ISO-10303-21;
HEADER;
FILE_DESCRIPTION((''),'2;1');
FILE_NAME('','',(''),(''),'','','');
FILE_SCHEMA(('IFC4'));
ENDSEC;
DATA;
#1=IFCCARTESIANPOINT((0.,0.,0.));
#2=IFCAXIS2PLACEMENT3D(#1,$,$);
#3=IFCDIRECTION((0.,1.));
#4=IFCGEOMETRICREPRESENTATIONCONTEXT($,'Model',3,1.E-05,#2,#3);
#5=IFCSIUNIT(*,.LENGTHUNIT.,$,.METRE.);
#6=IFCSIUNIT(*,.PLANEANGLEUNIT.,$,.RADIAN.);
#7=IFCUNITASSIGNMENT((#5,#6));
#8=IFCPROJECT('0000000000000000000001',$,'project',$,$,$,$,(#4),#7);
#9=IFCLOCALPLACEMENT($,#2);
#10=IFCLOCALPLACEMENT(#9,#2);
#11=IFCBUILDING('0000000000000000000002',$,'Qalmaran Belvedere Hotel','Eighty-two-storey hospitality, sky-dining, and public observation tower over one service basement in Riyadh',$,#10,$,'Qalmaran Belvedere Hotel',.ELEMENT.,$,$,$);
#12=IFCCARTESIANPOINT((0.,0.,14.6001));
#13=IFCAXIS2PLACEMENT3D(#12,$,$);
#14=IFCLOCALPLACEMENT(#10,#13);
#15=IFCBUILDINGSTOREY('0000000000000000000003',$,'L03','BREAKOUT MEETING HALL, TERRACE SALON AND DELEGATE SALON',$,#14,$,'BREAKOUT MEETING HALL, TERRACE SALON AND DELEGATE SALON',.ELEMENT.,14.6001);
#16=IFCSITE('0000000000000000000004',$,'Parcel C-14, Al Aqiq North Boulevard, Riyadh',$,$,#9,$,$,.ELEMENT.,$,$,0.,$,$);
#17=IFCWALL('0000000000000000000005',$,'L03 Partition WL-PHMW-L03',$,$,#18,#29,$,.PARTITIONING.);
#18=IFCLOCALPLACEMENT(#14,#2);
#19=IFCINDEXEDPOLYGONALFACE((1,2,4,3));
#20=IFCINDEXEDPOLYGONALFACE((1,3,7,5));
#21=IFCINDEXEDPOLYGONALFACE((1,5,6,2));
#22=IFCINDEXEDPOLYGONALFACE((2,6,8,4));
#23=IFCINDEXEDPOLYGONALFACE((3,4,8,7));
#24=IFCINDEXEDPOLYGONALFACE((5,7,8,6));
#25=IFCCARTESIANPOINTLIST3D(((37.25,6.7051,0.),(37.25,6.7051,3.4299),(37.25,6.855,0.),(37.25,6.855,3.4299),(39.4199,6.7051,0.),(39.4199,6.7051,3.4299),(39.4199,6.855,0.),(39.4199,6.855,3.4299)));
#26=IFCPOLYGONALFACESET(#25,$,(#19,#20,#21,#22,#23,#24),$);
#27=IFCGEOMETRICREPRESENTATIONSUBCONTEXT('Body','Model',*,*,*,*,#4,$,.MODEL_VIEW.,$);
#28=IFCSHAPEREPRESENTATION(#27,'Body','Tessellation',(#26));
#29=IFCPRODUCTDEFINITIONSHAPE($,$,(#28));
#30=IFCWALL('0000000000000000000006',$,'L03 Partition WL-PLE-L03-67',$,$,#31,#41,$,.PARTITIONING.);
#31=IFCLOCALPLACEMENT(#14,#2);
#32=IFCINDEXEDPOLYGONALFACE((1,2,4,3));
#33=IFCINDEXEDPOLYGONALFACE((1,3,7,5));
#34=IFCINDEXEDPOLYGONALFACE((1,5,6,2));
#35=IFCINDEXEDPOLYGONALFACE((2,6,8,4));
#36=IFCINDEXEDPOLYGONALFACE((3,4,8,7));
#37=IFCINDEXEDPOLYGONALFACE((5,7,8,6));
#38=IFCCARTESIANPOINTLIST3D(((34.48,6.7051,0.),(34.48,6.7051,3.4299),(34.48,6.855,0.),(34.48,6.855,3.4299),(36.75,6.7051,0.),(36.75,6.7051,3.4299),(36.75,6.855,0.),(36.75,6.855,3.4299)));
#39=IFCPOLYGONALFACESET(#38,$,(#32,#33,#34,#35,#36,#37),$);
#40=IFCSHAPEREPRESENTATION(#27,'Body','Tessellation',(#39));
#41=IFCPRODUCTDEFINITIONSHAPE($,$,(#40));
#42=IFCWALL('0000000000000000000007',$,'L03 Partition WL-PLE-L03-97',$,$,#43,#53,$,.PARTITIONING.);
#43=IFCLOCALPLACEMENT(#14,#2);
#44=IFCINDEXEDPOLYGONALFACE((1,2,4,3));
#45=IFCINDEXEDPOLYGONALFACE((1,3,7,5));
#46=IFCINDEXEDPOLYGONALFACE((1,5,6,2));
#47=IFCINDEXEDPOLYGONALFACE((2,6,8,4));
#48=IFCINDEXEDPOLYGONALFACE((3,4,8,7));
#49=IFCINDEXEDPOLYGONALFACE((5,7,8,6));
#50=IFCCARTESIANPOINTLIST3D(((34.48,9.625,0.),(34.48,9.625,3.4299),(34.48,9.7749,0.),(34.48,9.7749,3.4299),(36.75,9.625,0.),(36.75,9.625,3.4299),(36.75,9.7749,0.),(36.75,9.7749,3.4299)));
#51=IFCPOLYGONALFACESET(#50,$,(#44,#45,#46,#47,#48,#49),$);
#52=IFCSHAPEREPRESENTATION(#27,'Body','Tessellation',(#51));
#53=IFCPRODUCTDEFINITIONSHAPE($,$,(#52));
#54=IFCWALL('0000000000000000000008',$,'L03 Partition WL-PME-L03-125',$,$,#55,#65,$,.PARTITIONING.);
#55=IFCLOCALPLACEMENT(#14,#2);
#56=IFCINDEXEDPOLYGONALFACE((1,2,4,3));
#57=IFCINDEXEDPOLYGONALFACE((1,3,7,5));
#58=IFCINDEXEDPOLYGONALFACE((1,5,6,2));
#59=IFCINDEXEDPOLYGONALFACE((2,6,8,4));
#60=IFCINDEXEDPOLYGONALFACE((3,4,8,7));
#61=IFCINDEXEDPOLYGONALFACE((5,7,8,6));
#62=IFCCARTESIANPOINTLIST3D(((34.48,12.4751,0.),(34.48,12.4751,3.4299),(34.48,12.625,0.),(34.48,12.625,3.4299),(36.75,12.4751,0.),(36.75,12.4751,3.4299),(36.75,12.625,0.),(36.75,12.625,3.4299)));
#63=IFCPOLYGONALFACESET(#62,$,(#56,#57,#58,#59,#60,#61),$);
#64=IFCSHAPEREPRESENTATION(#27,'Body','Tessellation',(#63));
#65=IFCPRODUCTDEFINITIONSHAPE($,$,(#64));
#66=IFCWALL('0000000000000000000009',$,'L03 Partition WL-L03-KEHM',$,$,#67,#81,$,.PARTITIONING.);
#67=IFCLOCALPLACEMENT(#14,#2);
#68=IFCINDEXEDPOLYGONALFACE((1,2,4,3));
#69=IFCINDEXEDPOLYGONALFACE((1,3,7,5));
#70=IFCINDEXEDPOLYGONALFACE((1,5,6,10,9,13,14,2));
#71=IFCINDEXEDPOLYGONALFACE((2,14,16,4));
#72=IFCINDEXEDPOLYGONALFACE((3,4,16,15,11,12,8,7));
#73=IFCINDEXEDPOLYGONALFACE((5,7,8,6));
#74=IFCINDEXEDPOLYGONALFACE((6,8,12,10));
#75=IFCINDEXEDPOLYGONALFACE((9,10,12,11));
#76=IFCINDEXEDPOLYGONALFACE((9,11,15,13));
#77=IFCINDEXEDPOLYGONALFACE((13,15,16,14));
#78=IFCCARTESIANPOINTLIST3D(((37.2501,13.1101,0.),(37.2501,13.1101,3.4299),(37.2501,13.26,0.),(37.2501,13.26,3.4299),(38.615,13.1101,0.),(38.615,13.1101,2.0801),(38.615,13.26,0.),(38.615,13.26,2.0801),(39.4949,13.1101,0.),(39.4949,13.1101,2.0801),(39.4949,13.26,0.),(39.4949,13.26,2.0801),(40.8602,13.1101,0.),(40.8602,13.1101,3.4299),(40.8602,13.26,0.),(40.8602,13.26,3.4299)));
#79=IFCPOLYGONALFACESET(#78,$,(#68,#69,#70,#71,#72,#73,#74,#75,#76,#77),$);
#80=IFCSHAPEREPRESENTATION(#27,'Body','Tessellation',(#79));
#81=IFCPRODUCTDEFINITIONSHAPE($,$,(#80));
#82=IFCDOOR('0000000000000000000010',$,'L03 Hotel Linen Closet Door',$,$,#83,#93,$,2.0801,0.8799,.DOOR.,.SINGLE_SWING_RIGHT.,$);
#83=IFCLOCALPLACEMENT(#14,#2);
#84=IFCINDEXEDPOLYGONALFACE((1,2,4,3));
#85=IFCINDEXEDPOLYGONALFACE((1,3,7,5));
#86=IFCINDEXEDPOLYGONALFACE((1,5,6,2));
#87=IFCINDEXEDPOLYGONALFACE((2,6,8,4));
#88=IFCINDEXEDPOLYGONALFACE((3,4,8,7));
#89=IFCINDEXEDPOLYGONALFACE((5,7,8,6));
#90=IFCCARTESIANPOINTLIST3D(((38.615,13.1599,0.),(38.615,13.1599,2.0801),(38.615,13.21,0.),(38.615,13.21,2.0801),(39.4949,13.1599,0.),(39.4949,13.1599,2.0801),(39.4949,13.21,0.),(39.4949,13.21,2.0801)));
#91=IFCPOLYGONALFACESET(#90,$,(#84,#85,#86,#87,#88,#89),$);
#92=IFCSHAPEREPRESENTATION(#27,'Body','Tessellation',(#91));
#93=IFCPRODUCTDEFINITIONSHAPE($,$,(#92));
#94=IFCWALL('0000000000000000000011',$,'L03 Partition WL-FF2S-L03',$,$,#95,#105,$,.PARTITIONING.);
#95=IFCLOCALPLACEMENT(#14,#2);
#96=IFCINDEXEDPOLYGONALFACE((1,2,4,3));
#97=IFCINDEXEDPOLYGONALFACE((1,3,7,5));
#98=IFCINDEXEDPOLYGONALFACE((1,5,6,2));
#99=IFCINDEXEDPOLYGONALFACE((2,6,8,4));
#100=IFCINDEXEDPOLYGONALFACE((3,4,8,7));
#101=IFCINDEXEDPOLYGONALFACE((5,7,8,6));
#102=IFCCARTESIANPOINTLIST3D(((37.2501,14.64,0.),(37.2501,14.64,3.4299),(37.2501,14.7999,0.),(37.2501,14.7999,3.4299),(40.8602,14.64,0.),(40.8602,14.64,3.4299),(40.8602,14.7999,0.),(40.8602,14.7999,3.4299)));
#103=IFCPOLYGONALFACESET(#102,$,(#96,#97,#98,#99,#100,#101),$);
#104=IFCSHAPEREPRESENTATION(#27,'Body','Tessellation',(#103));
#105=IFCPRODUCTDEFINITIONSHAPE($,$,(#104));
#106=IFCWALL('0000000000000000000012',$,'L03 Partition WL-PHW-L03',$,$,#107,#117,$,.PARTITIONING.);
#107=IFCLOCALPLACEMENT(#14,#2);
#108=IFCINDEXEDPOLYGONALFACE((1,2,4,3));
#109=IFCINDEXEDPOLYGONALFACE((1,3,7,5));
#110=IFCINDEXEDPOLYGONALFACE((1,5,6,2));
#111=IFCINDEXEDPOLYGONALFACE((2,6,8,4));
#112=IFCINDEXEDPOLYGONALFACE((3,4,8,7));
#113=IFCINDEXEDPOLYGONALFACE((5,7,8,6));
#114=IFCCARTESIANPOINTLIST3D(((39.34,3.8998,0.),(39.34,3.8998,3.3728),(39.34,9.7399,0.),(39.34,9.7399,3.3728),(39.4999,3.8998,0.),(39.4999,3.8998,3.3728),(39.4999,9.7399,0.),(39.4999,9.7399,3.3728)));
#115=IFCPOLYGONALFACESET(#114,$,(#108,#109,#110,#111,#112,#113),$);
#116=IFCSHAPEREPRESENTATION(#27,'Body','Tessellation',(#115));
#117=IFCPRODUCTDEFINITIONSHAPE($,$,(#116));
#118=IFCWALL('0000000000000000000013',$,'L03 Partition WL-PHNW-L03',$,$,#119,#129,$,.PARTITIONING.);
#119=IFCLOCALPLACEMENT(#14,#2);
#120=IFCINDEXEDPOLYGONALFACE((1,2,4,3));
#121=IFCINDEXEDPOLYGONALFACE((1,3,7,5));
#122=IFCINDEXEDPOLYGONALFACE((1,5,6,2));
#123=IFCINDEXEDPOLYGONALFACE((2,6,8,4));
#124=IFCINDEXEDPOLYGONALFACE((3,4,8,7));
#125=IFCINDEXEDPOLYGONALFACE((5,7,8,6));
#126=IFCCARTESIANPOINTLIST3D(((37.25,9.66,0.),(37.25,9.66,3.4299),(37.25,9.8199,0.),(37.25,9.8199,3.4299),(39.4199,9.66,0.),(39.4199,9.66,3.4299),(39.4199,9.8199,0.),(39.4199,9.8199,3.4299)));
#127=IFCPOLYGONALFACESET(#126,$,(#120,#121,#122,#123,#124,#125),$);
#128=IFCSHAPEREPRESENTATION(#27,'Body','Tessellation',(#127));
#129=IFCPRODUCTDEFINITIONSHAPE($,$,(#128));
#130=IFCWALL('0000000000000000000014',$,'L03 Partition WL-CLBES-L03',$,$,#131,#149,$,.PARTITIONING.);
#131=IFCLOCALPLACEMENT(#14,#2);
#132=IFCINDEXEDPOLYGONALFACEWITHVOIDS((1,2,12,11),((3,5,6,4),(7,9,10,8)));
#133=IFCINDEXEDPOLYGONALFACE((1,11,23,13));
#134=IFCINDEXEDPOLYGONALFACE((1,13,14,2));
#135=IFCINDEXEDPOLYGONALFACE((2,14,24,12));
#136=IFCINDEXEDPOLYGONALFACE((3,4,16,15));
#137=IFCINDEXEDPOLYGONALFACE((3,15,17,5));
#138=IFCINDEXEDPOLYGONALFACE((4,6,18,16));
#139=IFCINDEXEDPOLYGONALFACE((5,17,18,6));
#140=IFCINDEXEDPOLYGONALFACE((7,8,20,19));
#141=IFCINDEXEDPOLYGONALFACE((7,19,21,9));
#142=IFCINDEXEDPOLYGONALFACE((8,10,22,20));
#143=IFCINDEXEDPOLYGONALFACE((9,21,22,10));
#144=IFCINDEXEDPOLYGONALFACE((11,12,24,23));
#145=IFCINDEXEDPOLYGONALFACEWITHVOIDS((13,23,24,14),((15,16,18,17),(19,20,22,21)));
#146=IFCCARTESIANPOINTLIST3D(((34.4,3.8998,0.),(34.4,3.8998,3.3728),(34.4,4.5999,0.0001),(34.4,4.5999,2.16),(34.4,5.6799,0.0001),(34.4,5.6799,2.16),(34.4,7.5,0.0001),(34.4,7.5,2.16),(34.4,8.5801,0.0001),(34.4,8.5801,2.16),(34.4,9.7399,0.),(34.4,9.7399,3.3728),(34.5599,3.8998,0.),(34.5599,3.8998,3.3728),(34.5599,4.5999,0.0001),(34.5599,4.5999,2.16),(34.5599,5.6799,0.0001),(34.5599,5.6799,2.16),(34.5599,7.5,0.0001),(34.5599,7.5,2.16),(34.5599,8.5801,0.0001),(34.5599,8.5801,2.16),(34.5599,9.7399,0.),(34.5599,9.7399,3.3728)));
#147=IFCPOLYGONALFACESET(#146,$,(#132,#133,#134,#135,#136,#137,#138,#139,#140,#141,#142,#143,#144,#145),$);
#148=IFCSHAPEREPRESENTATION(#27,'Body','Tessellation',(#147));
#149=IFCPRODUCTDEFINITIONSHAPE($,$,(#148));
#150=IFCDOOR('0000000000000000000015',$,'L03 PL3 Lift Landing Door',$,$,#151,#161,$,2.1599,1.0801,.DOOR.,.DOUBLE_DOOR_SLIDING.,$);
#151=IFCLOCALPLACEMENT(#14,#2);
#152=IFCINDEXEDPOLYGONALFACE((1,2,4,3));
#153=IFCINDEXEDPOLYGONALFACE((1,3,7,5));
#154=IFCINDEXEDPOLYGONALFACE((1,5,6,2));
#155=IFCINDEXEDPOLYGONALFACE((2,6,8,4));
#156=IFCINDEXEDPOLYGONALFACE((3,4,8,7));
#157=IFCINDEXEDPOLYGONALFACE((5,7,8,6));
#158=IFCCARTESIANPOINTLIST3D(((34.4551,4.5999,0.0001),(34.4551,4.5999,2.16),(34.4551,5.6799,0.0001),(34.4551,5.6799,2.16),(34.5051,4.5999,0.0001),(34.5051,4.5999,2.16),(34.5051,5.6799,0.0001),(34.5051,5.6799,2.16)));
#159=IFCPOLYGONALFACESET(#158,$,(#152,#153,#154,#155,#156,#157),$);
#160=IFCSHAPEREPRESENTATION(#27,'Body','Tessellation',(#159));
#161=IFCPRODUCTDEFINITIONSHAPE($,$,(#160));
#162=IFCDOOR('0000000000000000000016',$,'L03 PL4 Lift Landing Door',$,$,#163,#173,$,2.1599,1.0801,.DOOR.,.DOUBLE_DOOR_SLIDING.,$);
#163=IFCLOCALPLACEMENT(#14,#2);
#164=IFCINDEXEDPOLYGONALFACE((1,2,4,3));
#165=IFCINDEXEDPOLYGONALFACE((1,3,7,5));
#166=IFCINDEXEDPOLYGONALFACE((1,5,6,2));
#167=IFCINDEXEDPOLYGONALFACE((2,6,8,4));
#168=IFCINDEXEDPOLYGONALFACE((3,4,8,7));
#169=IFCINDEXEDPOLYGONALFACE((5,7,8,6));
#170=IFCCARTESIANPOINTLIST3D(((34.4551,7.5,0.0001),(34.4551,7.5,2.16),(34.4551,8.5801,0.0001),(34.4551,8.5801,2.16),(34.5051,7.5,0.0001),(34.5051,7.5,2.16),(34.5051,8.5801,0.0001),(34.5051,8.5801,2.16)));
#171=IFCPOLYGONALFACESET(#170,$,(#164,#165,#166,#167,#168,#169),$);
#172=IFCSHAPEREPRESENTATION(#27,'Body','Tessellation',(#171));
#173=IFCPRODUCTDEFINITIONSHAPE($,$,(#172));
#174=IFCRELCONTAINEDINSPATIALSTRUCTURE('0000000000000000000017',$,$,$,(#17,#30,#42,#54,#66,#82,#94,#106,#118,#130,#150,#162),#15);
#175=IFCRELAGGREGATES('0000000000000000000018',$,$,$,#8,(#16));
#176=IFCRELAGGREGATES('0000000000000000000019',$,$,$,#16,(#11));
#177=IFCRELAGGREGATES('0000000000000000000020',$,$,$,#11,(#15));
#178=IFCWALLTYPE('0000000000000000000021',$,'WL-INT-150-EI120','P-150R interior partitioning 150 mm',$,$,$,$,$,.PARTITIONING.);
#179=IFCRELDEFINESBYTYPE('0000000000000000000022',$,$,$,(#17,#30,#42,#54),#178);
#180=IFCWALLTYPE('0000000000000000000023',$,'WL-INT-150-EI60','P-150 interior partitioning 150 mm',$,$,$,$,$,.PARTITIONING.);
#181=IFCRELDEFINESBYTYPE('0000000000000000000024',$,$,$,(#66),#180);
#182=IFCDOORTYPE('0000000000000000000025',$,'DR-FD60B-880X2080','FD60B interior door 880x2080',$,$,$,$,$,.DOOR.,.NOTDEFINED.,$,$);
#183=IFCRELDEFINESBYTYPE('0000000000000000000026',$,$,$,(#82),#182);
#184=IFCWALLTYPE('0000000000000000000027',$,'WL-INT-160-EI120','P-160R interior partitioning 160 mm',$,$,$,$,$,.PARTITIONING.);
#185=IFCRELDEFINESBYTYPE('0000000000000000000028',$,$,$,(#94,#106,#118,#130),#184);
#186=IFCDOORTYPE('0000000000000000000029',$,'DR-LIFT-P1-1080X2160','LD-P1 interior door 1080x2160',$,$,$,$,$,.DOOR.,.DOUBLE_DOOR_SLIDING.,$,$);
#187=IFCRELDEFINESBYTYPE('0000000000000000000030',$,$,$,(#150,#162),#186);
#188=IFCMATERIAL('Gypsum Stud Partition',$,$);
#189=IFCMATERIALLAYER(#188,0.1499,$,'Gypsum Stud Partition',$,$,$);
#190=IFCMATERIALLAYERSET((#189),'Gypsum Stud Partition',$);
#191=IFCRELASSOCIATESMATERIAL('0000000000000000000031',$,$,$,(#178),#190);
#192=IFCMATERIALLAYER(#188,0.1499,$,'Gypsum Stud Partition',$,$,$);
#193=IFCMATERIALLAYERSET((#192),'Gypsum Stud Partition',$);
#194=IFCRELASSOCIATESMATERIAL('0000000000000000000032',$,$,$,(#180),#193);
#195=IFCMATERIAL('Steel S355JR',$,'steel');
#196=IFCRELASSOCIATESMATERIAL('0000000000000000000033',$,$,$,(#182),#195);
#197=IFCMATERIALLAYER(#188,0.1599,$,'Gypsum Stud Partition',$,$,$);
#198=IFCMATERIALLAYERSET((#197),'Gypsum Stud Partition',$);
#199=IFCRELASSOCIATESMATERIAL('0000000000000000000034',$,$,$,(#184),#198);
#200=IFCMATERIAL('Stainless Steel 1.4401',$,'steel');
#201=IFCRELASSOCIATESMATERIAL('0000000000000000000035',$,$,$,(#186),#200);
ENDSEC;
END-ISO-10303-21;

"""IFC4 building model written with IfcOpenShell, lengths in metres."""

from ifc_helpers import new_model, si_unit, direction, frame, frame_2d, origin, place, context, subcontext, project, spatial, rectangle, extrude, material, layer, layer_set, type_object, element, fill, save


model = new_model("IFC4")

# Units and contexts
model_context = context("Model", 3, precision=1e-05, world=origin(), true_north=direction((0.0, 1.0)))
body_context = subcontext(model_context, "Body", "Model", "MODEL_VIEW")
ifc_project = project(units=[si_unit("LENGTHUNIT", "METRE"), si_unit("PLANEANGLEUNIT", "RADIAN")], contexts=[model_context])

# Site, building, storey
site_placement = place(None, origin())
site = spatial("IfcSite", under=ifc_project, at=site_placement, Name="Parcel C-14, Al Aqiq North Boulevard, Riyadh", CompositionType="ELEMENT", RefElevation=0.0)
building_placement = place(site_placement, origin())
building = spatial("IfcBuilding", under=site, at=building_placement, Name="Qalmaran Belvedere Hotel", Description="Eighty-two-storey hospitality, sky-dining, and public observation tower over one service basement in Riyadh", LongName="Qalmaran Belvedere Hotel", CompositionType="ELEMENT")
storey_placement = place(building_placement, frame((0.0, 0.0, 14.6001)))
storey = spatial("IfcBuildingStorey", under=building, at=storey_placement, Name="L03", Description="BREAKOUT MEETING HALL, TERRACE SALON AND DELEGATE SALON", LongName="BREAKOUT MEETING HALL, TERRACE SALON AND DELEGATE SALON", CompositionType="ELEMENT", Elevation=14.6001)

# Walls
ifc_material_1 = material(Name="Gypsum Stud Partition")
ifc_layer_1 = layer(ifc_material_1, 0.1499, Name="Gypsum Stud Partition")
ifc_layer_set_1 = layer_set([ifc_layer_1], Name="Gypsum Stud Partition")
wall_type_1 = type_object("IfcWallType", Name="WL-INT-150-EI120", Description="P-150R interior partitioning 150 mm", PredefinedType="PARTITIONING", material=ifc_layer_set_1)
wall_1_placement = place(storey_placement, frame((37.25, 6.78, 0.0), z_axis=(0.0, 0.0, 1.0), x_axis=(1.0, 0.0, 0.0)))
element("IfcWall", 1, at=wall_1_placement, inside=storey, type_object=wall_type_1, Name="L03 Partition WL-PHMW-L03", PredefinedType="PARTITIONING", context=body_context, shape_type="SweptSolid", body=[
    extrude(rectangle(XDim=2.1699, YDim=0.1499, at=frame_2d((1.085, 0.0))), origin(), (0.0, 0.0, 1.0), 3.4299),
])
for number, where, z_axis, x_axis, name in (
    (2, (34.48, 6.78, 0.0), (0.0, 0.0, 1.0), (1.0, 0.0, 0.0), "L03 Partition WL-PLE-L03-67"),
    (3, (34.48, 9.7, 0.0), (0.0, 0.0, 1.0), (1.0, 0.0, 0.0), "L03 Partition WL-PLE-L03-97"),
    (4, (34.48, 12.55, 0.0), (0.0, 0.0, 1.0), (1.0, 0.0, 0.0), "L03 Partition WL-PME-L03-125"),
):
    element("IfcWall", number, at=place(storey_placement, frame(where, z_axis=z_axis, x_axis=x_axis)), inside=storey, type_object=wall_type_1, Name=name, PredefinedType="PARTITIONING", context=body_context, shape_type="SweptSolid", body=[
        extrude(rectangle(XDim=2.27, YDim=0.1499, at=frame_2d((1.135, 0.0))), origin(), (0.0, 0.0, 1.0), 3.4299),
    ])

# Wall, opening, door
ifc_layer_2 = layer(ifc_material_1, 0.1499, Name="Gypsum Stud Partition")
ifc_layer_set_2 = layer_set([ifc_layer_2], Name="Gypsum Stud Partition")
wall_type_2 = type_object("IfcWallType", Name="WL-INT-150-EI60", Description="P-150 interior partitioning 150 mm", PredefinedType="PARTITIONING", material=ifc_layer_set_2)
wall_2_placement = place(storey_placement, frame((37.25, 13.1851, 0.0), z_axis=(0.0, 0.0, 1.0), x_axis=(1.0, 0.0, 0.0)))
wall_2 = element("IfcWall", 5, at=wall_2_placement, inside=storey, type_object=wall_type_2, Name="L03 Partition WL-L03-KEHM", PredefinedType="PARTITIONING", context=body_context, shape_type="SweptSolid", body=[
    extrude(rectangle(XDim=3.6101, YDim=0.1499, at=frame_2d((1.8052, 0.0))), origin(), (0.0, 0.0, 1.0), 3.4299),
])
opening_1_placement = place(wall_2_placement, frame((1.365, 0.0, 0.0)))
opening_1 = element("IfcOpeningElement", 6, at=opening_1_placement, cuts=wall_2, PredefinedType="OPENING", context=body_context, shape_type="SweptSolid", body=[
    extrude(rectangle(XDim=0.8799, YDim=2.0801, at=frame_2d((0.4399, 1.04))), frame((0.0, 0.085, 0.0), z_axis=(0.0, -1.0, 0.0), x_axis=(1.0, 0.0, 0.0)), (0.0, 0.0, 1.0), 0.1699),
])
ifc_material_2 = material(Name="Steel S355JR", Category="steel")
door_type_1 = type_object("IfcDoorType", Name="DR-FD60B-880X2080", Description="FD60B interior door 880x2080", OperationType="NOTDEFINED", PredefinedType="DOOR", material=ifc_material_2)
door_1_placement = place(opening_1_placement, origin())
door_1 = element("IfcDoor", 7, at=door_1_placement, inside=storey, type_object=door_type_1, Name="L03 Hotel Linen Closet Door", OperationType="SINGLE_SWING_RIGHT", OverallHeight=2.0801, OverallWidth=0.8799, PredefinedType="DOOR", context=body_context, shape_type="SweptSolid", body=[
    extrude(rectangle(XDim=0.8799, YDim=2.0801, at=frame_2d((0.4399, 1.04))), frame((0.0, 0.0249, 0.0), z_axis=(0.0, -1.0, 0.0), x_axis=(1.0, 0.0, 0.0)), (0.0, 0.0, 1.0), 0.05),
])
fill(opening_1, door_1)

# Walls
ifc_layer_3 = layer(ifc_material_1, 0.1599, Name="Gypsum Stud Partition")
ifc_layer_set_3 = layer_set([ifc_layer_3], Name="Gypsum Stud Partition")
wall_type_3 = type_object("IfcWallType", Name="WL-INT-160-EI120", Description="P-160R interior partitioning 160 mm", PredefinedType="PARTITIONING", material=ifc_layer_set_3)
wall_3_placement = place(storey_placement, frame((37.25, 14.72, 0.0), z_axis=(0.0, 0.0, 1.0), x_axis=(1.0, 0.0, 0.0)))
element("IfcWall", 8, at=wall_3_placement, inside=storey, type_object=wall_type_3, Name="L03 Partition WL-FF2S-L03", PredefinedType="PARTITIONING", context=body_context, shape_type="SweptSolid", body=[
    extrude(rectangle(XDim=3.6101, YDim=0.1599, at=frame_2d((1.8052, 0.0))), origin(), (0.0, 0.0, 1.0), 3.4299),
])
wall_4_placement = place(storey_placement, frame((39.4199, 3.8999, 0.0), z_axis=(0.0, 0.0, 1.0), x_axis=(0.0, 1.0, 0.0)))
element("IfcWall", 9, at=wall_4_placement, inside=storey, type_object=wall_type_3, Name="L03 Partition WL-PHW-L03", PredefinedType="PARTITIONING", context=body_context, shape_type="SweptSolid", body=[
    extrude(rectangle(XDim=5.8401, YDim=0.1599, at=frame_2d((2.9199, 0.0))), origin(), (0.0, 0.0, 1.0), 3.3728),
])
wall_5_placement = place(storey_placement, frame((37.25, 9.74, 0.0), z_axis=(0.0, 0.0, 1.0), x_axis=(1.0, 0.0, 0.0)))
element("IfcWall", 10, at=wall_5_placement, inside=storey, type_object=wall_type_3, Name="L03 Partition WL-PHNW-L03", PredefinedType="PARTITIONING", context=body_context, shape_type="SweptSolid", body=[
    extrude(rectangle(XDim=2.1699, YDim=0.1599, at=frame_2d((1.085, 0.0))), origin(), (0.0, 0.0, 1.0), 3.4299),
])

# Wall, openings, doors
wall_6_placement = place(storey_placement, frame((34.48, 3.8999, 0.0), z_axis=(0.0, 0.0, 1.0), x_axis=(0.0, 1.0, 0.0)))
wall_6 = element("IfcWall", 11, at=wall_6_placement, inside=storey, type_object=wall_type_3, Name="L03 Partition WL-CLBES-L03", PredefinedType="PARTITIONING", context=body_context, shape_type="SweptSolid", body=[
    extrude(rectangle(XDim=5.8401, YDim=0.1599, at=frame_2d((2.9199, 0.0))), origin(), (0.0, 0.0, 1.0), 3.3728),
])
opening_2_placement = place(wall_6_placement, frame((0.7, 0.0, 0.0)))
opening_2 = element("IfcOpeningElement", 12, at=opening_2_placement, cuts=wall_6, PredefinedType="OPENING", context=body_context, shape_type="SweptSolid", body=[
    extrude(rectangle(XDim=1.0801, YDim=2.1599, at=frame_2d((0.54, 1.0801))), frame((0.0, 0.0898, 0.0), z_axis=(0.0, -1.0, 0.0), x_axis=(1.0, 0.0, 0.0)), (0.0, 0.0, 1.0), 0.1799),
])
opening_3_placement = place(wall_6_placement, frame((3.6001, 0.0, 0.0)))
opening_3 = element("IfcOpeningElement", 13, at=opening_3_placement, cuts=wall_6, PredefinedType="OPENING", context=body_context, shape_type="SweptSolid", body=[
    extrude(rectangle(XDim=1.0801, YDim=2.1599, at=frame_2d((0.54, 1.0801))), frame((0.0, 0.0898, 0.0), z_axis=(0.0, -1.0, 0.0), x_axis=(1.0, 0.0, 0.0)), (0.0, 0.0, 1.0), 0.1799),
])
ifc_material_3 = material(Name="Stainless Steel 1.4401", Category="steel")
door_type_2 = type_object("IfcDoorType", Name="DR-LIFT-P1-1080X2160", Description="LD-P1 interior door 1080x2160", OperationType="DOUBLE_DOOR_SLIDING", PredefinedType="DOOR", material=ifc_material_3)
door_2_placement = place(opening_2_placement, origin())
door_2 = element("IfcDoor", 14, at=door_2_placement, inside=storey, type_object=door_type_2, Name="L03 PL3 Lift Landing Door", OperationType="DOUBLE_DOOR_SLIDING", OverallHeight=2.1599, OverallWidth=1.0801, PredefinedType="DOOR", context=body_context, shape_type="SweptSolid", body=[
    extrude(rectangle(XDim=1.0801, YDim=2.1599, at=frame_2d((0.54, 1.0801))), frame((0.0, 0.0249, 0.0), z_axis=(0.0, -1.0, 0.0), x_axis=(1.0, 0.0, 0.0)), (0.0, 0.0, 1.0), 0.05),
])
fill(opening_2, door_2)
door_3_placement = place(opening_3_placement, origin())
door_3 = element("IfcDoor", 15, at=door_3_placement, inside=storey, type_object=door_type_2, Name="L03 PL4 Lift Landing Door", OperationType="DOUBLE_DOOR_SLIDING", OverallHeight=2.1599, OverallWidth=1.0801, PredefinedType="DOOR", context=body_context, shape_type="SweptSolid", body=[
    extrude(rectangle(XDim=1.0801, YDim=2.1599, at=frame_2d((0.54, 1.0801))), frame((0.0, 0.0249, 0.0), z_axis=(0.0, -1.0, 0.0), x_axis=(1.0, 0.0, 0.0)), (0.0, 0.0, 1.0), 0.05),
])
fill(opening_3, door_3)

save(model, "model.ifc")
